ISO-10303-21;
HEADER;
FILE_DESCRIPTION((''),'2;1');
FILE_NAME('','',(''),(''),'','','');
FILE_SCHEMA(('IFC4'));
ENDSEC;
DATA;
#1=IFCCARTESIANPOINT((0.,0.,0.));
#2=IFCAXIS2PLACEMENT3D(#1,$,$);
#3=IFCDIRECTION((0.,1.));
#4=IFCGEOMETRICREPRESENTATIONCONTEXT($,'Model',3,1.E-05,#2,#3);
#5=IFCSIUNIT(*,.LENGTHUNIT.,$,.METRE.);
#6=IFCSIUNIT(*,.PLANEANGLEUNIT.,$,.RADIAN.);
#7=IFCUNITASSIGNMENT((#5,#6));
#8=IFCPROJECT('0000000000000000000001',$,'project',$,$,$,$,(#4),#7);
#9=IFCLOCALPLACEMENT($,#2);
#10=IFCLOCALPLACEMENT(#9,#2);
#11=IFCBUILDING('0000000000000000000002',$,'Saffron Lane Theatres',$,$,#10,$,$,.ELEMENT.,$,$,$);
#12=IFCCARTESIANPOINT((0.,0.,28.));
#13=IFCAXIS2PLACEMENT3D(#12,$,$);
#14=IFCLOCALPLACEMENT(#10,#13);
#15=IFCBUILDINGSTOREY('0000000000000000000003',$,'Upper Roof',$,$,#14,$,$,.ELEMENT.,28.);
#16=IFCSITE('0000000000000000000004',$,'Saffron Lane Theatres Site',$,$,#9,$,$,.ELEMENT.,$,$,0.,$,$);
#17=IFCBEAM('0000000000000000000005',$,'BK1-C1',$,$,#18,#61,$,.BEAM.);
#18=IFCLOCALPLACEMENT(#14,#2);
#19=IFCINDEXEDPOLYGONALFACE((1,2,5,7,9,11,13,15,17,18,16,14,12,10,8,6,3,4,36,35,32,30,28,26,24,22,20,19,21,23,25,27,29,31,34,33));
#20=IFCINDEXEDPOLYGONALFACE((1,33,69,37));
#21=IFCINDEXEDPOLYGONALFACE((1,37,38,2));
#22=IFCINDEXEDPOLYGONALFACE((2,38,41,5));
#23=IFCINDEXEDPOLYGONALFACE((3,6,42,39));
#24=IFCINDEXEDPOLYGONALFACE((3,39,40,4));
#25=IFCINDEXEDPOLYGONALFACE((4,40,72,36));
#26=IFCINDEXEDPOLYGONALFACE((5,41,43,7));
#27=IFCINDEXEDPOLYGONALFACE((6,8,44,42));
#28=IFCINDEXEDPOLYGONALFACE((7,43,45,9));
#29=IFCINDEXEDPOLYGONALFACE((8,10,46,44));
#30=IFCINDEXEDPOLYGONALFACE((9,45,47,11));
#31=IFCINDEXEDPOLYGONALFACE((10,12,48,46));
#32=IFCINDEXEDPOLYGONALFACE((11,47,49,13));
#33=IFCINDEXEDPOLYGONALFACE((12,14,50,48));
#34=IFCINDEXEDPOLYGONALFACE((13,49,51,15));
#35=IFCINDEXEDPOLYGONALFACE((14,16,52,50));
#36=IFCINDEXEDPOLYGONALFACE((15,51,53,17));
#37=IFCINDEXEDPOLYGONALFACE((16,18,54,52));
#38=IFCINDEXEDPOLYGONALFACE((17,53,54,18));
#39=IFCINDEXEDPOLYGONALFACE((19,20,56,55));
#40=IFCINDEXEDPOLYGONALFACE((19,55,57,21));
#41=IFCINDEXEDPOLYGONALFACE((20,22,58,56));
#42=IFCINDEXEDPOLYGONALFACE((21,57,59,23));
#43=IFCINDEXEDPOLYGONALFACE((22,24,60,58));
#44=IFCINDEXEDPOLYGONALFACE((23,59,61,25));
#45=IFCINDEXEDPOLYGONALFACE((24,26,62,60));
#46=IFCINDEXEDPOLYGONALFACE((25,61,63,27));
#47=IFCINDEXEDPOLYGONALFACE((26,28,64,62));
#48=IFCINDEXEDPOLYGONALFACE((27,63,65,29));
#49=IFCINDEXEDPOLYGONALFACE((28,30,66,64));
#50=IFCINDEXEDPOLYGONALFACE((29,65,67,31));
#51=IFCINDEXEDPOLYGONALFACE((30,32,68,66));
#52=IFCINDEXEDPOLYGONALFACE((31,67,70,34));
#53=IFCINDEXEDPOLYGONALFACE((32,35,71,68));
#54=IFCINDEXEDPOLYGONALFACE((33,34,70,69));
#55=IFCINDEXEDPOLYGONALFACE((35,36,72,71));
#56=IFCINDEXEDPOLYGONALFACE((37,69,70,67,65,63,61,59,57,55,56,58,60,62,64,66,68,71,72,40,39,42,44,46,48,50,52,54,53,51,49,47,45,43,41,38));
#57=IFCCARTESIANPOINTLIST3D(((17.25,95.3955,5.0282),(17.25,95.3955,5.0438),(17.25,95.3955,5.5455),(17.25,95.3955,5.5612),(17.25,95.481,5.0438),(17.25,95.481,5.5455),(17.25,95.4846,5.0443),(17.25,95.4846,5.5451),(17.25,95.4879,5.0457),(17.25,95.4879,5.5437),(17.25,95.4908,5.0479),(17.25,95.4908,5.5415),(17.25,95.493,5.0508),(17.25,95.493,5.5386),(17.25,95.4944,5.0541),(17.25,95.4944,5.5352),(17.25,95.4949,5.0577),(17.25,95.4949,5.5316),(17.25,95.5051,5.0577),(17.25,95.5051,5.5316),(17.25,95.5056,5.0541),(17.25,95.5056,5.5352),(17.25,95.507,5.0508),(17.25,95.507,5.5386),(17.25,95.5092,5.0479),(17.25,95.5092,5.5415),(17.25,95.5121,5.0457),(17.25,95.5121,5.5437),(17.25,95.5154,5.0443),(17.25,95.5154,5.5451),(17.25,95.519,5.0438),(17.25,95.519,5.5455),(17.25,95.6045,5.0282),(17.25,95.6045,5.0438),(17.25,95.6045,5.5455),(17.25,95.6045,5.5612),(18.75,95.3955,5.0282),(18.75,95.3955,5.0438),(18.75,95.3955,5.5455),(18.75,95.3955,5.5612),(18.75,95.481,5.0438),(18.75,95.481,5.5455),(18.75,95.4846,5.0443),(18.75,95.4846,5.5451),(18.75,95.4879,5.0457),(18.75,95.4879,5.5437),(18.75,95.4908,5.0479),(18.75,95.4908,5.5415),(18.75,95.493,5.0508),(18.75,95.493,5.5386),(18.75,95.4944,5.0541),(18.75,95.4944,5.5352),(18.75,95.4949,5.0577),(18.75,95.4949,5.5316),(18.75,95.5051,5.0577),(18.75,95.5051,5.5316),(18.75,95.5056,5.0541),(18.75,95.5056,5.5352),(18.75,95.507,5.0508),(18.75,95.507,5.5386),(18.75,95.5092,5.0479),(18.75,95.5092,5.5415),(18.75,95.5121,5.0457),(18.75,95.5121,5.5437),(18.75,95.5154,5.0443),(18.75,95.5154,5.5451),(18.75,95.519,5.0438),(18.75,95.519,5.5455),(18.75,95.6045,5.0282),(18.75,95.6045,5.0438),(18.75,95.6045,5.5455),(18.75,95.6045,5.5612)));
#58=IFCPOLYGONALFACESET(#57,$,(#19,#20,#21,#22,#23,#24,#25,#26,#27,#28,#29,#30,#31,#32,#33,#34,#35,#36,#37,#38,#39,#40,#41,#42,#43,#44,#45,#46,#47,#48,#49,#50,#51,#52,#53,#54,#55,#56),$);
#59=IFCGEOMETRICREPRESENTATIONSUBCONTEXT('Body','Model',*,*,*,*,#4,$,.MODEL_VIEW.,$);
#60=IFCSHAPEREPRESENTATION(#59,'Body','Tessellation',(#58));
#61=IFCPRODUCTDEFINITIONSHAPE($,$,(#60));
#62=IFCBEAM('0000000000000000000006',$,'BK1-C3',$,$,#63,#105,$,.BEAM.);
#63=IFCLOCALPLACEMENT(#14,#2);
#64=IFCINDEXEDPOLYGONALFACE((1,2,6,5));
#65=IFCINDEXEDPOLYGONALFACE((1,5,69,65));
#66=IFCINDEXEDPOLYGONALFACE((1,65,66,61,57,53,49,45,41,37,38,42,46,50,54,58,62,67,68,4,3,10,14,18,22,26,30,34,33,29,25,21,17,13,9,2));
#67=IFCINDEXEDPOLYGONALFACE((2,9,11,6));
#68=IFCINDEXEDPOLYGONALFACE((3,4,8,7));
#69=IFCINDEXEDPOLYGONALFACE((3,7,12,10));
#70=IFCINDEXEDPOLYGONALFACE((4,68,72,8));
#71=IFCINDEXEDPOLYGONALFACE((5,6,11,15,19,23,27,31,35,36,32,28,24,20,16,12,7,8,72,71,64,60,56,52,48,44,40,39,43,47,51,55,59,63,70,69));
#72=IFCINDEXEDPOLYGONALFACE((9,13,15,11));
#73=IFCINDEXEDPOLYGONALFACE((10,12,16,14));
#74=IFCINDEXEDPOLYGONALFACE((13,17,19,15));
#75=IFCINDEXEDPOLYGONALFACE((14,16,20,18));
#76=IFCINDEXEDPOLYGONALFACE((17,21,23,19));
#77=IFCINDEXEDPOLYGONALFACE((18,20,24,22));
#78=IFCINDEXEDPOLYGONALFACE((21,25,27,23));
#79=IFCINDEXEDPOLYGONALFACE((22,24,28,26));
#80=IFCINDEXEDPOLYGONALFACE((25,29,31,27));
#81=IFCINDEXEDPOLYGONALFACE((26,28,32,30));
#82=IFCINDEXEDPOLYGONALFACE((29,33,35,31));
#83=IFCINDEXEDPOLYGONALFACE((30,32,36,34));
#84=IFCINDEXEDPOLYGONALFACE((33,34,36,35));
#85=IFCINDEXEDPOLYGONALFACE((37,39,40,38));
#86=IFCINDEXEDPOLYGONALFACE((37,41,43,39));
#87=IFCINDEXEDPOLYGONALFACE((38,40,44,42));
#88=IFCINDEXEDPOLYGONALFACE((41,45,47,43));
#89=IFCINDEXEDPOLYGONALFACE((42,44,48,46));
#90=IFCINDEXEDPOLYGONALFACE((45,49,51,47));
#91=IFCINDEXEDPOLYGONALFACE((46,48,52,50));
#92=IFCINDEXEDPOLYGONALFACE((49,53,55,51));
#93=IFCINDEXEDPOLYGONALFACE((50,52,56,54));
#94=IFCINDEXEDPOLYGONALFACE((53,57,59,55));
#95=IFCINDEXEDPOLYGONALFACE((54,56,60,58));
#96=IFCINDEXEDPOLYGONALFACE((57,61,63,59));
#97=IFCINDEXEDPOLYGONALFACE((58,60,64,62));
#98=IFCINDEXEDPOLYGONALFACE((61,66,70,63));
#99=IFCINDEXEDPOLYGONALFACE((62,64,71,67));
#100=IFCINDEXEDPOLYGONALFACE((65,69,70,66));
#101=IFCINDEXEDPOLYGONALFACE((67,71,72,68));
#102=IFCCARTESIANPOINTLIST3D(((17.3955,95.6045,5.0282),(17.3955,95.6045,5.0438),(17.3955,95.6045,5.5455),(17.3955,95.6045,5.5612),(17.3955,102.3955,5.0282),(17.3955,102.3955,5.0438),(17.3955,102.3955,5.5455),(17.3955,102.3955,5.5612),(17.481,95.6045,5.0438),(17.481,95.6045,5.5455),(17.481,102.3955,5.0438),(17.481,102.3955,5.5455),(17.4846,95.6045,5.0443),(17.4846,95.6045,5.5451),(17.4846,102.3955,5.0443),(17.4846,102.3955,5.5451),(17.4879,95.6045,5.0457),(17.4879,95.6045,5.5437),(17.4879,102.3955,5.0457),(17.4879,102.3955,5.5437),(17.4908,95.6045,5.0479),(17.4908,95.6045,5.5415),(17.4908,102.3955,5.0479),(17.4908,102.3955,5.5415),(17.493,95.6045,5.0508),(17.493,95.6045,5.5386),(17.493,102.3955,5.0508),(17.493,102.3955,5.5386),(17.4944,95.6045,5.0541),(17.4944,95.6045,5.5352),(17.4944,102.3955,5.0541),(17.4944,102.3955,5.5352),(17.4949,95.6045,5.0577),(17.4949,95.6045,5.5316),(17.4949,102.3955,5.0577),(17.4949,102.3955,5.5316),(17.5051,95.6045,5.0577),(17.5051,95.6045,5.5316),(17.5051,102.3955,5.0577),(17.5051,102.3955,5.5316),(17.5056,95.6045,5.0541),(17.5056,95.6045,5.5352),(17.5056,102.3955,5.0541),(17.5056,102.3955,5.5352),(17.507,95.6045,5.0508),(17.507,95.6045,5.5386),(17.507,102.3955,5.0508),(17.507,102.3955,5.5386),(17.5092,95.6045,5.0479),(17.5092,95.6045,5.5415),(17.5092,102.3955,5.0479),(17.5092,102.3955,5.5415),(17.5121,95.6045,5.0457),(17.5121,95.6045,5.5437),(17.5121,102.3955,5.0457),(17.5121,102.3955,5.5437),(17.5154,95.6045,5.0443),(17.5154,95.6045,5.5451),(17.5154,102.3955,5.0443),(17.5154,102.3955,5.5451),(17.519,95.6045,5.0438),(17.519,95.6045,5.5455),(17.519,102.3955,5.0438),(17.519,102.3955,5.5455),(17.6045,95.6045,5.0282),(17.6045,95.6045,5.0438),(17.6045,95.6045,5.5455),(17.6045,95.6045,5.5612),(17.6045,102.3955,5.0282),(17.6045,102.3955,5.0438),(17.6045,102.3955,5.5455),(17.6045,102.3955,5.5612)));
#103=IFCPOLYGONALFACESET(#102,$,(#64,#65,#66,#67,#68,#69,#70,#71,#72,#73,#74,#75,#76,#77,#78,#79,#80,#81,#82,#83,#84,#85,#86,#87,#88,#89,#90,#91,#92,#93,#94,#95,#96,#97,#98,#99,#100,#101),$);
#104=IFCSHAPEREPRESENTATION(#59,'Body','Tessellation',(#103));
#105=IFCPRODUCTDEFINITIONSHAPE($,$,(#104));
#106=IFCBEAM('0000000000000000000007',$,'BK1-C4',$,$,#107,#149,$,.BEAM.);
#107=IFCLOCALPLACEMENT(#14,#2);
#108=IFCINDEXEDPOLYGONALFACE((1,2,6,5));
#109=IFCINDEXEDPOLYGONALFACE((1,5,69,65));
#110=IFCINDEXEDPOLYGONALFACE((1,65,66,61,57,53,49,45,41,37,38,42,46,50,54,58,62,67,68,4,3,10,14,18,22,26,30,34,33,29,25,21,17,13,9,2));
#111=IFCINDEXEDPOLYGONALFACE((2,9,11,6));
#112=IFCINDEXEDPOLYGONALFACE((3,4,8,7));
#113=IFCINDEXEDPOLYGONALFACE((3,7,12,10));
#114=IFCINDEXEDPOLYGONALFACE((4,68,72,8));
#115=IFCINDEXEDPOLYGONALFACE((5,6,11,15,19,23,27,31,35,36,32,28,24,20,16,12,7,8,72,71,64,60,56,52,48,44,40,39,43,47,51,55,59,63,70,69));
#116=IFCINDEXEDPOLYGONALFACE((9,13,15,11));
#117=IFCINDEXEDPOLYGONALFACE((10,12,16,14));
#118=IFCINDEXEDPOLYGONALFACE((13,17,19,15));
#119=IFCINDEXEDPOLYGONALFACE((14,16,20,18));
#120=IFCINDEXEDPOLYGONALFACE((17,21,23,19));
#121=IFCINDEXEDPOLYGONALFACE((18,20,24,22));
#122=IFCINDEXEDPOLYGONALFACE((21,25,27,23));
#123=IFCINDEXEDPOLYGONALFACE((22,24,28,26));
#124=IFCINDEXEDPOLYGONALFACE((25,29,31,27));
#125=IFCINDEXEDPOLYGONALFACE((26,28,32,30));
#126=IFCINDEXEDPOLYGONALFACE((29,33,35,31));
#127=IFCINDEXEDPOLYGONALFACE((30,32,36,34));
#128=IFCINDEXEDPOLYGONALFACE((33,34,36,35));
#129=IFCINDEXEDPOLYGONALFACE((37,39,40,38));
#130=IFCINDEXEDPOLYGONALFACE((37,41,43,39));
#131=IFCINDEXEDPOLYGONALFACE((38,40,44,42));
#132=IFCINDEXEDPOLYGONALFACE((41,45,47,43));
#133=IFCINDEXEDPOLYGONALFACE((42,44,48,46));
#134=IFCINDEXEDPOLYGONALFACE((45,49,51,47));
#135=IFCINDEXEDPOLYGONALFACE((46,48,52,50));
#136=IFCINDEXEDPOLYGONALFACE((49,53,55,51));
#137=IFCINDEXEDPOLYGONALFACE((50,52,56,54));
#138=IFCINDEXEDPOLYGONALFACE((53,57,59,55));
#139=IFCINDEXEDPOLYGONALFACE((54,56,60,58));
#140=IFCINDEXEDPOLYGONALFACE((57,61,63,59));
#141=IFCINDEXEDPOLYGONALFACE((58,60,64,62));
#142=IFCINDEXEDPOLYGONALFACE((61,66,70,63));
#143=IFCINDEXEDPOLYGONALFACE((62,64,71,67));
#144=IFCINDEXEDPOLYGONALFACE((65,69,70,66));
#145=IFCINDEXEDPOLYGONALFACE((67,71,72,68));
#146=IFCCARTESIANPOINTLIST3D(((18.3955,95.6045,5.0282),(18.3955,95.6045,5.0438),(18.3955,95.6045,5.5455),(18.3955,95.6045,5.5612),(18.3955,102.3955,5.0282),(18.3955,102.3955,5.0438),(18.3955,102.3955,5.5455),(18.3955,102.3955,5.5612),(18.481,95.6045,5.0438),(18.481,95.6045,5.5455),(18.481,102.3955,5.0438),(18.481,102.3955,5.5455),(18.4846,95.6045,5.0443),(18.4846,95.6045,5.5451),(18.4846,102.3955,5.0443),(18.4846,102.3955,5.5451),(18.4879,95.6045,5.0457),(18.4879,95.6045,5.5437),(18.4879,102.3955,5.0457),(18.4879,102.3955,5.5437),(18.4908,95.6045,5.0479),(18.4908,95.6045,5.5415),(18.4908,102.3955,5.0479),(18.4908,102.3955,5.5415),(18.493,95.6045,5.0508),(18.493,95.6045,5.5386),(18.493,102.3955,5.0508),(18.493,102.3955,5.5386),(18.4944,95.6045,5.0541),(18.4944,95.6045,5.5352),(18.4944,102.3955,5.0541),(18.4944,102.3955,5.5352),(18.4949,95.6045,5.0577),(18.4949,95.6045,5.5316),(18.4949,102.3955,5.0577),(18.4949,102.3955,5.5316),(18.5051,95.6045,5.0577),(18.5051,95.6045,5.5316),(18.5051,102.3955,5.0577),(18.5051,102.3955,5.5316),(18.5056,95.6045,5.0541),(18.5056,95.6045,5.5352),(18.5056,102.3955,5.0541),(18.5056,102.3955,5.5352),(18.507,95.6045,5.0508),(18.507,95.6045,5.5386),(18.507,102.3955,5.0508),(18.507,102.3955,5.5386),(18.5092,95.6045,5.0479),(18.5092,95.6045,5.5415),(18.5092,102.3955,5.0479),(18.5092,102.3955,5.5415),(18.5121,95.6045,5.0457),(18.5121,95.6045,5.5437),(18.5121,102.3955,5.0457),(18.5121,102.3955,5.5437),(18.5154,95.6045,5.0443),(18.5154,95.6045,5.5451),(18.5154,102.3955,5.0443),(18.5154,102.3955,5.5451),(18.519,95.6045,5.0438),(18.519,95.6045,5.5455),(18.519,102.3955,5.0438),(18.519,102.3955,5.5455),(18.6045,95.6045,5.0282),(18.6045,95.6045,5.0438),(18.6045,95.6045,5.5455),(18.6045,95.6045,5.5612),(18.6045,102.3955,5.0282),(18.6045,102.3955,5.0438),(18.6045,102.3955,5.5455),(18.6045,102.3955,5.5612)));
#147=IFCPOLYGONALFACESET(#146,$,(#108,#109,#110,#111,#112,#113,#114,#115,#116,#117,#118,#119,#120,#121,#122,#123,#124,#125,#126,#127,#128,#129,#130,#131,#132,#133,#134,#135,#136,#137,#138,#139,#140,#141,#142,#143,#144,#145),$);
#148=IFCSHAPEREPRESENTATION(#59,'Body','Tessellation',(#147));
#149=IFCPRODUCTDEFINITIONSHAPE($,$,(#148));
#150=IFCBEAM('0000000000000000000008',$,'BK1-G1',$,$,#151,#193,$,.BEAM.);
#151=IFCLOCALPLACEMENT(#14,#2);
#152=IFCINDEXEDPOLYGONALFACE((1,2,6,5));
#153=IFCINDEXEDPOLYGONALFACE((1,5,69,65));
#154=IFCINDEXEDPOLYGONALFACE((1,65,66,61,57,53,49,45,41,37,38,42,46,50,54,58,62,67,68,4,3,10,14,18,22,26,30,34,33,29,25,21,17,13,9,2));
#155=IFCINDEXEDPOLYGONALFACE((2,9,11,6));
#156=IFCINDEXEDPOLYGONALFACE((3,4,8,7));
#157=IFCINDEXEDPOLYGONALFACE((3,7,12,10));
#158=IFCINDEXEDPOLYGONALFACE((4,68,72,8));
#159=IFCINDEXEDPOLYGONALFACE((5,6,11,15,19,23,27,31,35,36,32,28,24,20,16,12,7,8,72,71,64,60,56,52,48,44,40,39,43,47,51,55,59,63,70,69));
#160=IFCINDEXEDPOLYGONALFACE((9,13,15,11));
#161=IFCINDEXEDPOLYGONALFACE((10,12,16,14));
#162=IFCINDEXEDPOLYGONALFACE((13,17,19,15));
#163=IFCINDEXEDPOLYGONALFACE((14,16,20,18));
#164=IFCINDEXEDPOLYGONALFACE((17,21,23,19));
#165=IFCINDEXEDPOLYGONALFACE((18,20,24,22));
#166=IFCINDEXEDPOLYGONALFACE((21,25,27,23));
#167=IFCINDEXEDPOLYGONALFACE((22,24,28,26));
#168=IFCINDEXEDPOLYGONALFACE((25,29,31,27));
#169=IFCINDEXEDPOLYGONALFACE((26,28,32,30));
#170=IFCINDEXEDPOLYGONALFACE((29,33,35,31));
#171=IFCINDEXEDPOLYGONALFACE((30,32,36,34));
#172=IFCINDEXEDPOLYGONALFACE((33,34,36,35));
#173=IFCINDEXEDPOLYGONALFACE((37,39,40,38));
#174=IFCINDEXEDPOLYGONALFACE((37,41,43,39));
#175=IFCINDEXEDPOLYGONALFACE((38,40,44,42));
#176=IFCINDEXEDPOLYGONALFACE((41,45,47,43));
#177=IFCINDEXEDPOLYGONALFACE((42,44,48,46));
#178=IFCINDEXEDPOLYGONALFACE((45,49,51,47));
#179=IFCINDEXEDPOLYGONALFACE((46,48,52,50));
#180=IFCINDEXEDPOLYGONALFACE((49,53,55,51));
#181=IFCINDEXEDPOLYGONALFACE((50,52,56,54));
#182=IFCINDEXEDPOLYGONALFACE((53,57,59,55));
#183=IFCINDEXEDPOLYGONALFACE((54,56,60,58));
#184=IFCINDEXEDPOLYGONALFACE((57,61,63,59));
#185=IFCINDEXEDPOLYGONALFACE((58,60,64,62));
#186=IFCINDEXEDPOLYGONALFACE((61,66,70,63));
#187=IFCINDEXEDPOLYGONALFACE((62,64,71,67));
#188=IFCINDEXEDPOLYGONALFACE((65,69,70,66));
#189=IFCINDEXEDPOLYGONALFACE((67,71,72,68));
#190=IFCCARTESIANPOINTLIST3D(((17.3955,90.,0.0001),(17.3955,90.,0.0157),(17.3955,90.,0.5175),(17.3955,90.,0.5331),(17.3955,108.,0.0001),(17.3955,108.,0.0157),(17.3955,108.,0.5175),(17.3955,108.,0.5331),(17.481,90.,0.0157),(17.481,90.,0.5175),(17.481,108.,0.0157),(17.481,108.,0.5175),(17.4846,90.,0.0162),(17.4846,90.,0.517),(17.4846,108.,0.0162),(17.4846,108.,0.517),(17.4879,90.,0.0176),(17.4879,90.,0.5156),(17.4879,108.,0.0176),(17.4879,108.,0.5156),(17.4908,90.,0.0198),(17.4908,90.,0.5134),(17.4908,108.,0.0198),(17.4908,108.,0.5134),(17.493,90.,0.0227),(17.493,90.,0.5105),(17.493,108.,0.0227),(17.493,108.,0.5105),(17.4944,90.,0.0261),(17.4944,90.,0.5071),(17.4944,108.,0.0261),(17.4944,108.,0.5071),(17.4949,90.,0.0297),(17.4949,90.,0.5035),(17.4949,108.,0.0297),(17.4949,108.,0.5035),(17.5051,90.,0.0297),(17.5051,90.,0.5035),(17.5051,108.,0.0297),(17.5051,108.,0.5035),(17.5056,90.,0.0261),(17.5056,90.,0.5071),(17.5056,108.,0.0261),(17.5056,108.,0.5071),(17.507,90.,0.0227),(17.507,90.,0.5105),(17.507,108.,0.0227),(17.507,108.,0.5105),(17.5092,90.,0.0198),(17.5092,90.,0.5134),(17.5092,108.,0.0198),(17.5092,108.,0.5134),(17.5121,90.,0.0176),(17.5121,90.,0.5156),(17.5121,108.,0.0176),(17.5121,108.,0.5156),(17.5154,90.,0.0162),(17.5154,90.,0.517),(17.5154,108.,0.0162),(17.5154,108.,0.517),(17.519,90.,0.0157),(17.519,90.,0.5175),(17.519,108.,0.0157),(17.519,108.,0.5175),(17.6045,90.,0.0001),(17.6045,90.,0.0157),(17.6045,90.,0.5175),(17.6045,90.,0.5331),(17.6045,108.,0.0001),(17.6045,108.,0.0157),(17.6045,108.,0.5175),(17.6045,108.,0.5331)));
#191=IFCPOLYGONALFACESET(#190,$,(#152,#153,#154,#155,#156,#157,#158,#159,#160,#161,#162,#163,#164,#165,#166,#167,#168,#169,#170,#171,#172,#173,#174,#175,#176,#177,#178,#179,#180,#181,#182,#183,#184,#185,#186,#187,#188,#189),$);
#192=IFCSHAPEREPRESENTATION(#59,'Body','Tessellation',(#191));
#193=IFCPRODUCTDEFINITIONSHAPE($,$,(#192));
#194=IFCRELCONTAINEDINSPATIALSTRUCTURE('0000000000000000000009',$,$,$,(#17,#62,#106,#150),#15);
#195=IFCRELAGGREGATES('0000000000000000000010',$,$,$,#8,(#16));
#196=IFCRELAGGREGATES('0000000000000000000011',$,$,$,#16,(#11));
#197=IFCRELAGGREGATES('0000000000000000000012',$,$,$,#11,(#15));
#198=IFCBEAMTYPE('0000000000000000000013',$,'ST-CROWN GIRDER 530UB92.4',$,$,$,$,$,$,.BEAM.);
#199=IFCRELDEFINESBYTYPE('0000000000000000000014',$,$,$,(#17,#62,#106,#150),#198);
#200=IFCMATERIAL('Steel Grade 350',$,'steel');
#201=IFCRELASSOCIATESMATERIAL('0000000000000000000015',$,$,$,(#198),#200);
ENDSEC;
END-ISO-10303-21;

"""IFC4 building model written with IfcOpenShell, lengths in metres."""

from ifc_helpers import new_model, si_unit, direction, frame, origin, origin_2d, place, context, subcontext, project, spatial, i_section, extrude, material, material_profile, profile_set, type_object, element, save


model = new_model("IFC4")

# Units and contexts
model_context = context("Model", 3, precision=1e-05, world=origin(), true_north=direction((0.0, 1.0)))
body_context = subcontext(model_context, "Body", "Model", "MODEL_VIEW")
ifc_project = project(units=[si_unit("LENGTHUNIT", "METRE"), si_unit("PLANEANGLEUNIT", "RADIAN")], contexts=[model_context])

# Site, building, storey
site_placement = place(None, origin())
site = spatial("IfcSite", under=ifc_project, at=site_placement, Name="Saffron Lane Theatres Site", CompositionType="ELEMENT", RefElevation=0.0)
building_placement = place(site_placement, origin())
building = spatial("IfcBuilding", under=site, at=building_placement, Name="Saffron Lane Theatres", CompositionType="ELEMENT")
storey_placement = place(building_placement, frame((0.0, 0.0, 28.0)))
storey = spatial("IfcBuildingStorey", under=building, at=storey_placement, Name="Upper Roof", CompositionType="ELEMENT", Elevation=28.0)

# Beams
ifc_material_1 = material(Name="Steel Grade 350", Category="steel")
ifc_material_profile_1 = material_profile(ifc_material_1, i_section(OverallWidth=0.209, OverallDepth=0.533, WebThickness=0.0103, FlangeThickness=0.0156, FilletRadius=0.0139, at=origin_2d()))
ifc_profile_set_1 = profile_set([ifc_material_profile_1], Name="Steel Grade 350")
beam_type = type_object("IfcBeamType", Name="ST-CROWN GIRDER 530UB92.4", PredefinedType="BEAM", material=ifc_profile_set_1)
beam_placement = place(storey_placement, frame((17.25, 95.5, 5.2947), z_axis=(1.0, 0.0, 0.0), x_axis=(0.0, 1.0, 0.0)))
element("IfcBeam", 1, at=beam_placement, inside=storey, type_object=beam_type, Name="BK1-C1", PredefinedType="BEAM", context=body_context, shape_type="SweptSolid", body=[
    extrude(i_section(OverallWidth=0.209, OverallDepth=0.533, WebThickness=0.0103, FlangeThickness=0.0156, FilletRadius=0.0139, at=origin_2d()), origin(), (0.0, 0.0, 1.0), 1.5),
])
for number, where, z_axis, x_axis, name in (
    (2, (17.5, 95.6045, 5.2947), (0.0, 1.0, 0.0), (-1.0, 0.0, 0.0), "BK1-C3"),
    (3, (18.5, 95.6045, 5.2947), (0.0, 1.0, 0.0), (-1.0, 0.0, 0.0), "BK1-C4"),
):
    element("IfcBeam", number, at=place(storey_placement, frame(where, z_axis=z_axis, x_axis=x_axis)), inside=storey, type_object=beam_type, Name=name, PredefinedType="BEAM", context=body_context, shape_type="SweptSolid", body=[
        extrude(i_section(OverallWidth=0.209, OverallDepth=0.533, WebThickness=0.0103, FlangeThickness=0.0156, FilletRadius=0.0139, at=origin_2d()), origin(), (0.0, 0.0, 1.0), 6.791),
    ])
for number, where, z_axis, x_axis, name in (
    (4, (17.5, 90.0, 0.2666), (0.0, 1.0, 0.0), (-1.0, 0.0, 0.0), "BK1-G1"),
):
    element("IfcBeam", number, at=place(storey_placement, frame(where, z_axis=z_axis, x_axis=x_axis)), inside=storey, type_object=beam_type, Name=name, PredefinedType="BEAM", context=body_context, shape_type="SweptSolid", body=[
        extrude(i_section(OverallWidth=0.209, OverallDepth=0.533, WebThickness=0.0103, FlangeThickness=0.0156, FilletRadius=0.0139, at=origin_2d()), origin(), (0.0, 0.0, 1.0), 18.0),
    ])

save(model, "model.ifc")
